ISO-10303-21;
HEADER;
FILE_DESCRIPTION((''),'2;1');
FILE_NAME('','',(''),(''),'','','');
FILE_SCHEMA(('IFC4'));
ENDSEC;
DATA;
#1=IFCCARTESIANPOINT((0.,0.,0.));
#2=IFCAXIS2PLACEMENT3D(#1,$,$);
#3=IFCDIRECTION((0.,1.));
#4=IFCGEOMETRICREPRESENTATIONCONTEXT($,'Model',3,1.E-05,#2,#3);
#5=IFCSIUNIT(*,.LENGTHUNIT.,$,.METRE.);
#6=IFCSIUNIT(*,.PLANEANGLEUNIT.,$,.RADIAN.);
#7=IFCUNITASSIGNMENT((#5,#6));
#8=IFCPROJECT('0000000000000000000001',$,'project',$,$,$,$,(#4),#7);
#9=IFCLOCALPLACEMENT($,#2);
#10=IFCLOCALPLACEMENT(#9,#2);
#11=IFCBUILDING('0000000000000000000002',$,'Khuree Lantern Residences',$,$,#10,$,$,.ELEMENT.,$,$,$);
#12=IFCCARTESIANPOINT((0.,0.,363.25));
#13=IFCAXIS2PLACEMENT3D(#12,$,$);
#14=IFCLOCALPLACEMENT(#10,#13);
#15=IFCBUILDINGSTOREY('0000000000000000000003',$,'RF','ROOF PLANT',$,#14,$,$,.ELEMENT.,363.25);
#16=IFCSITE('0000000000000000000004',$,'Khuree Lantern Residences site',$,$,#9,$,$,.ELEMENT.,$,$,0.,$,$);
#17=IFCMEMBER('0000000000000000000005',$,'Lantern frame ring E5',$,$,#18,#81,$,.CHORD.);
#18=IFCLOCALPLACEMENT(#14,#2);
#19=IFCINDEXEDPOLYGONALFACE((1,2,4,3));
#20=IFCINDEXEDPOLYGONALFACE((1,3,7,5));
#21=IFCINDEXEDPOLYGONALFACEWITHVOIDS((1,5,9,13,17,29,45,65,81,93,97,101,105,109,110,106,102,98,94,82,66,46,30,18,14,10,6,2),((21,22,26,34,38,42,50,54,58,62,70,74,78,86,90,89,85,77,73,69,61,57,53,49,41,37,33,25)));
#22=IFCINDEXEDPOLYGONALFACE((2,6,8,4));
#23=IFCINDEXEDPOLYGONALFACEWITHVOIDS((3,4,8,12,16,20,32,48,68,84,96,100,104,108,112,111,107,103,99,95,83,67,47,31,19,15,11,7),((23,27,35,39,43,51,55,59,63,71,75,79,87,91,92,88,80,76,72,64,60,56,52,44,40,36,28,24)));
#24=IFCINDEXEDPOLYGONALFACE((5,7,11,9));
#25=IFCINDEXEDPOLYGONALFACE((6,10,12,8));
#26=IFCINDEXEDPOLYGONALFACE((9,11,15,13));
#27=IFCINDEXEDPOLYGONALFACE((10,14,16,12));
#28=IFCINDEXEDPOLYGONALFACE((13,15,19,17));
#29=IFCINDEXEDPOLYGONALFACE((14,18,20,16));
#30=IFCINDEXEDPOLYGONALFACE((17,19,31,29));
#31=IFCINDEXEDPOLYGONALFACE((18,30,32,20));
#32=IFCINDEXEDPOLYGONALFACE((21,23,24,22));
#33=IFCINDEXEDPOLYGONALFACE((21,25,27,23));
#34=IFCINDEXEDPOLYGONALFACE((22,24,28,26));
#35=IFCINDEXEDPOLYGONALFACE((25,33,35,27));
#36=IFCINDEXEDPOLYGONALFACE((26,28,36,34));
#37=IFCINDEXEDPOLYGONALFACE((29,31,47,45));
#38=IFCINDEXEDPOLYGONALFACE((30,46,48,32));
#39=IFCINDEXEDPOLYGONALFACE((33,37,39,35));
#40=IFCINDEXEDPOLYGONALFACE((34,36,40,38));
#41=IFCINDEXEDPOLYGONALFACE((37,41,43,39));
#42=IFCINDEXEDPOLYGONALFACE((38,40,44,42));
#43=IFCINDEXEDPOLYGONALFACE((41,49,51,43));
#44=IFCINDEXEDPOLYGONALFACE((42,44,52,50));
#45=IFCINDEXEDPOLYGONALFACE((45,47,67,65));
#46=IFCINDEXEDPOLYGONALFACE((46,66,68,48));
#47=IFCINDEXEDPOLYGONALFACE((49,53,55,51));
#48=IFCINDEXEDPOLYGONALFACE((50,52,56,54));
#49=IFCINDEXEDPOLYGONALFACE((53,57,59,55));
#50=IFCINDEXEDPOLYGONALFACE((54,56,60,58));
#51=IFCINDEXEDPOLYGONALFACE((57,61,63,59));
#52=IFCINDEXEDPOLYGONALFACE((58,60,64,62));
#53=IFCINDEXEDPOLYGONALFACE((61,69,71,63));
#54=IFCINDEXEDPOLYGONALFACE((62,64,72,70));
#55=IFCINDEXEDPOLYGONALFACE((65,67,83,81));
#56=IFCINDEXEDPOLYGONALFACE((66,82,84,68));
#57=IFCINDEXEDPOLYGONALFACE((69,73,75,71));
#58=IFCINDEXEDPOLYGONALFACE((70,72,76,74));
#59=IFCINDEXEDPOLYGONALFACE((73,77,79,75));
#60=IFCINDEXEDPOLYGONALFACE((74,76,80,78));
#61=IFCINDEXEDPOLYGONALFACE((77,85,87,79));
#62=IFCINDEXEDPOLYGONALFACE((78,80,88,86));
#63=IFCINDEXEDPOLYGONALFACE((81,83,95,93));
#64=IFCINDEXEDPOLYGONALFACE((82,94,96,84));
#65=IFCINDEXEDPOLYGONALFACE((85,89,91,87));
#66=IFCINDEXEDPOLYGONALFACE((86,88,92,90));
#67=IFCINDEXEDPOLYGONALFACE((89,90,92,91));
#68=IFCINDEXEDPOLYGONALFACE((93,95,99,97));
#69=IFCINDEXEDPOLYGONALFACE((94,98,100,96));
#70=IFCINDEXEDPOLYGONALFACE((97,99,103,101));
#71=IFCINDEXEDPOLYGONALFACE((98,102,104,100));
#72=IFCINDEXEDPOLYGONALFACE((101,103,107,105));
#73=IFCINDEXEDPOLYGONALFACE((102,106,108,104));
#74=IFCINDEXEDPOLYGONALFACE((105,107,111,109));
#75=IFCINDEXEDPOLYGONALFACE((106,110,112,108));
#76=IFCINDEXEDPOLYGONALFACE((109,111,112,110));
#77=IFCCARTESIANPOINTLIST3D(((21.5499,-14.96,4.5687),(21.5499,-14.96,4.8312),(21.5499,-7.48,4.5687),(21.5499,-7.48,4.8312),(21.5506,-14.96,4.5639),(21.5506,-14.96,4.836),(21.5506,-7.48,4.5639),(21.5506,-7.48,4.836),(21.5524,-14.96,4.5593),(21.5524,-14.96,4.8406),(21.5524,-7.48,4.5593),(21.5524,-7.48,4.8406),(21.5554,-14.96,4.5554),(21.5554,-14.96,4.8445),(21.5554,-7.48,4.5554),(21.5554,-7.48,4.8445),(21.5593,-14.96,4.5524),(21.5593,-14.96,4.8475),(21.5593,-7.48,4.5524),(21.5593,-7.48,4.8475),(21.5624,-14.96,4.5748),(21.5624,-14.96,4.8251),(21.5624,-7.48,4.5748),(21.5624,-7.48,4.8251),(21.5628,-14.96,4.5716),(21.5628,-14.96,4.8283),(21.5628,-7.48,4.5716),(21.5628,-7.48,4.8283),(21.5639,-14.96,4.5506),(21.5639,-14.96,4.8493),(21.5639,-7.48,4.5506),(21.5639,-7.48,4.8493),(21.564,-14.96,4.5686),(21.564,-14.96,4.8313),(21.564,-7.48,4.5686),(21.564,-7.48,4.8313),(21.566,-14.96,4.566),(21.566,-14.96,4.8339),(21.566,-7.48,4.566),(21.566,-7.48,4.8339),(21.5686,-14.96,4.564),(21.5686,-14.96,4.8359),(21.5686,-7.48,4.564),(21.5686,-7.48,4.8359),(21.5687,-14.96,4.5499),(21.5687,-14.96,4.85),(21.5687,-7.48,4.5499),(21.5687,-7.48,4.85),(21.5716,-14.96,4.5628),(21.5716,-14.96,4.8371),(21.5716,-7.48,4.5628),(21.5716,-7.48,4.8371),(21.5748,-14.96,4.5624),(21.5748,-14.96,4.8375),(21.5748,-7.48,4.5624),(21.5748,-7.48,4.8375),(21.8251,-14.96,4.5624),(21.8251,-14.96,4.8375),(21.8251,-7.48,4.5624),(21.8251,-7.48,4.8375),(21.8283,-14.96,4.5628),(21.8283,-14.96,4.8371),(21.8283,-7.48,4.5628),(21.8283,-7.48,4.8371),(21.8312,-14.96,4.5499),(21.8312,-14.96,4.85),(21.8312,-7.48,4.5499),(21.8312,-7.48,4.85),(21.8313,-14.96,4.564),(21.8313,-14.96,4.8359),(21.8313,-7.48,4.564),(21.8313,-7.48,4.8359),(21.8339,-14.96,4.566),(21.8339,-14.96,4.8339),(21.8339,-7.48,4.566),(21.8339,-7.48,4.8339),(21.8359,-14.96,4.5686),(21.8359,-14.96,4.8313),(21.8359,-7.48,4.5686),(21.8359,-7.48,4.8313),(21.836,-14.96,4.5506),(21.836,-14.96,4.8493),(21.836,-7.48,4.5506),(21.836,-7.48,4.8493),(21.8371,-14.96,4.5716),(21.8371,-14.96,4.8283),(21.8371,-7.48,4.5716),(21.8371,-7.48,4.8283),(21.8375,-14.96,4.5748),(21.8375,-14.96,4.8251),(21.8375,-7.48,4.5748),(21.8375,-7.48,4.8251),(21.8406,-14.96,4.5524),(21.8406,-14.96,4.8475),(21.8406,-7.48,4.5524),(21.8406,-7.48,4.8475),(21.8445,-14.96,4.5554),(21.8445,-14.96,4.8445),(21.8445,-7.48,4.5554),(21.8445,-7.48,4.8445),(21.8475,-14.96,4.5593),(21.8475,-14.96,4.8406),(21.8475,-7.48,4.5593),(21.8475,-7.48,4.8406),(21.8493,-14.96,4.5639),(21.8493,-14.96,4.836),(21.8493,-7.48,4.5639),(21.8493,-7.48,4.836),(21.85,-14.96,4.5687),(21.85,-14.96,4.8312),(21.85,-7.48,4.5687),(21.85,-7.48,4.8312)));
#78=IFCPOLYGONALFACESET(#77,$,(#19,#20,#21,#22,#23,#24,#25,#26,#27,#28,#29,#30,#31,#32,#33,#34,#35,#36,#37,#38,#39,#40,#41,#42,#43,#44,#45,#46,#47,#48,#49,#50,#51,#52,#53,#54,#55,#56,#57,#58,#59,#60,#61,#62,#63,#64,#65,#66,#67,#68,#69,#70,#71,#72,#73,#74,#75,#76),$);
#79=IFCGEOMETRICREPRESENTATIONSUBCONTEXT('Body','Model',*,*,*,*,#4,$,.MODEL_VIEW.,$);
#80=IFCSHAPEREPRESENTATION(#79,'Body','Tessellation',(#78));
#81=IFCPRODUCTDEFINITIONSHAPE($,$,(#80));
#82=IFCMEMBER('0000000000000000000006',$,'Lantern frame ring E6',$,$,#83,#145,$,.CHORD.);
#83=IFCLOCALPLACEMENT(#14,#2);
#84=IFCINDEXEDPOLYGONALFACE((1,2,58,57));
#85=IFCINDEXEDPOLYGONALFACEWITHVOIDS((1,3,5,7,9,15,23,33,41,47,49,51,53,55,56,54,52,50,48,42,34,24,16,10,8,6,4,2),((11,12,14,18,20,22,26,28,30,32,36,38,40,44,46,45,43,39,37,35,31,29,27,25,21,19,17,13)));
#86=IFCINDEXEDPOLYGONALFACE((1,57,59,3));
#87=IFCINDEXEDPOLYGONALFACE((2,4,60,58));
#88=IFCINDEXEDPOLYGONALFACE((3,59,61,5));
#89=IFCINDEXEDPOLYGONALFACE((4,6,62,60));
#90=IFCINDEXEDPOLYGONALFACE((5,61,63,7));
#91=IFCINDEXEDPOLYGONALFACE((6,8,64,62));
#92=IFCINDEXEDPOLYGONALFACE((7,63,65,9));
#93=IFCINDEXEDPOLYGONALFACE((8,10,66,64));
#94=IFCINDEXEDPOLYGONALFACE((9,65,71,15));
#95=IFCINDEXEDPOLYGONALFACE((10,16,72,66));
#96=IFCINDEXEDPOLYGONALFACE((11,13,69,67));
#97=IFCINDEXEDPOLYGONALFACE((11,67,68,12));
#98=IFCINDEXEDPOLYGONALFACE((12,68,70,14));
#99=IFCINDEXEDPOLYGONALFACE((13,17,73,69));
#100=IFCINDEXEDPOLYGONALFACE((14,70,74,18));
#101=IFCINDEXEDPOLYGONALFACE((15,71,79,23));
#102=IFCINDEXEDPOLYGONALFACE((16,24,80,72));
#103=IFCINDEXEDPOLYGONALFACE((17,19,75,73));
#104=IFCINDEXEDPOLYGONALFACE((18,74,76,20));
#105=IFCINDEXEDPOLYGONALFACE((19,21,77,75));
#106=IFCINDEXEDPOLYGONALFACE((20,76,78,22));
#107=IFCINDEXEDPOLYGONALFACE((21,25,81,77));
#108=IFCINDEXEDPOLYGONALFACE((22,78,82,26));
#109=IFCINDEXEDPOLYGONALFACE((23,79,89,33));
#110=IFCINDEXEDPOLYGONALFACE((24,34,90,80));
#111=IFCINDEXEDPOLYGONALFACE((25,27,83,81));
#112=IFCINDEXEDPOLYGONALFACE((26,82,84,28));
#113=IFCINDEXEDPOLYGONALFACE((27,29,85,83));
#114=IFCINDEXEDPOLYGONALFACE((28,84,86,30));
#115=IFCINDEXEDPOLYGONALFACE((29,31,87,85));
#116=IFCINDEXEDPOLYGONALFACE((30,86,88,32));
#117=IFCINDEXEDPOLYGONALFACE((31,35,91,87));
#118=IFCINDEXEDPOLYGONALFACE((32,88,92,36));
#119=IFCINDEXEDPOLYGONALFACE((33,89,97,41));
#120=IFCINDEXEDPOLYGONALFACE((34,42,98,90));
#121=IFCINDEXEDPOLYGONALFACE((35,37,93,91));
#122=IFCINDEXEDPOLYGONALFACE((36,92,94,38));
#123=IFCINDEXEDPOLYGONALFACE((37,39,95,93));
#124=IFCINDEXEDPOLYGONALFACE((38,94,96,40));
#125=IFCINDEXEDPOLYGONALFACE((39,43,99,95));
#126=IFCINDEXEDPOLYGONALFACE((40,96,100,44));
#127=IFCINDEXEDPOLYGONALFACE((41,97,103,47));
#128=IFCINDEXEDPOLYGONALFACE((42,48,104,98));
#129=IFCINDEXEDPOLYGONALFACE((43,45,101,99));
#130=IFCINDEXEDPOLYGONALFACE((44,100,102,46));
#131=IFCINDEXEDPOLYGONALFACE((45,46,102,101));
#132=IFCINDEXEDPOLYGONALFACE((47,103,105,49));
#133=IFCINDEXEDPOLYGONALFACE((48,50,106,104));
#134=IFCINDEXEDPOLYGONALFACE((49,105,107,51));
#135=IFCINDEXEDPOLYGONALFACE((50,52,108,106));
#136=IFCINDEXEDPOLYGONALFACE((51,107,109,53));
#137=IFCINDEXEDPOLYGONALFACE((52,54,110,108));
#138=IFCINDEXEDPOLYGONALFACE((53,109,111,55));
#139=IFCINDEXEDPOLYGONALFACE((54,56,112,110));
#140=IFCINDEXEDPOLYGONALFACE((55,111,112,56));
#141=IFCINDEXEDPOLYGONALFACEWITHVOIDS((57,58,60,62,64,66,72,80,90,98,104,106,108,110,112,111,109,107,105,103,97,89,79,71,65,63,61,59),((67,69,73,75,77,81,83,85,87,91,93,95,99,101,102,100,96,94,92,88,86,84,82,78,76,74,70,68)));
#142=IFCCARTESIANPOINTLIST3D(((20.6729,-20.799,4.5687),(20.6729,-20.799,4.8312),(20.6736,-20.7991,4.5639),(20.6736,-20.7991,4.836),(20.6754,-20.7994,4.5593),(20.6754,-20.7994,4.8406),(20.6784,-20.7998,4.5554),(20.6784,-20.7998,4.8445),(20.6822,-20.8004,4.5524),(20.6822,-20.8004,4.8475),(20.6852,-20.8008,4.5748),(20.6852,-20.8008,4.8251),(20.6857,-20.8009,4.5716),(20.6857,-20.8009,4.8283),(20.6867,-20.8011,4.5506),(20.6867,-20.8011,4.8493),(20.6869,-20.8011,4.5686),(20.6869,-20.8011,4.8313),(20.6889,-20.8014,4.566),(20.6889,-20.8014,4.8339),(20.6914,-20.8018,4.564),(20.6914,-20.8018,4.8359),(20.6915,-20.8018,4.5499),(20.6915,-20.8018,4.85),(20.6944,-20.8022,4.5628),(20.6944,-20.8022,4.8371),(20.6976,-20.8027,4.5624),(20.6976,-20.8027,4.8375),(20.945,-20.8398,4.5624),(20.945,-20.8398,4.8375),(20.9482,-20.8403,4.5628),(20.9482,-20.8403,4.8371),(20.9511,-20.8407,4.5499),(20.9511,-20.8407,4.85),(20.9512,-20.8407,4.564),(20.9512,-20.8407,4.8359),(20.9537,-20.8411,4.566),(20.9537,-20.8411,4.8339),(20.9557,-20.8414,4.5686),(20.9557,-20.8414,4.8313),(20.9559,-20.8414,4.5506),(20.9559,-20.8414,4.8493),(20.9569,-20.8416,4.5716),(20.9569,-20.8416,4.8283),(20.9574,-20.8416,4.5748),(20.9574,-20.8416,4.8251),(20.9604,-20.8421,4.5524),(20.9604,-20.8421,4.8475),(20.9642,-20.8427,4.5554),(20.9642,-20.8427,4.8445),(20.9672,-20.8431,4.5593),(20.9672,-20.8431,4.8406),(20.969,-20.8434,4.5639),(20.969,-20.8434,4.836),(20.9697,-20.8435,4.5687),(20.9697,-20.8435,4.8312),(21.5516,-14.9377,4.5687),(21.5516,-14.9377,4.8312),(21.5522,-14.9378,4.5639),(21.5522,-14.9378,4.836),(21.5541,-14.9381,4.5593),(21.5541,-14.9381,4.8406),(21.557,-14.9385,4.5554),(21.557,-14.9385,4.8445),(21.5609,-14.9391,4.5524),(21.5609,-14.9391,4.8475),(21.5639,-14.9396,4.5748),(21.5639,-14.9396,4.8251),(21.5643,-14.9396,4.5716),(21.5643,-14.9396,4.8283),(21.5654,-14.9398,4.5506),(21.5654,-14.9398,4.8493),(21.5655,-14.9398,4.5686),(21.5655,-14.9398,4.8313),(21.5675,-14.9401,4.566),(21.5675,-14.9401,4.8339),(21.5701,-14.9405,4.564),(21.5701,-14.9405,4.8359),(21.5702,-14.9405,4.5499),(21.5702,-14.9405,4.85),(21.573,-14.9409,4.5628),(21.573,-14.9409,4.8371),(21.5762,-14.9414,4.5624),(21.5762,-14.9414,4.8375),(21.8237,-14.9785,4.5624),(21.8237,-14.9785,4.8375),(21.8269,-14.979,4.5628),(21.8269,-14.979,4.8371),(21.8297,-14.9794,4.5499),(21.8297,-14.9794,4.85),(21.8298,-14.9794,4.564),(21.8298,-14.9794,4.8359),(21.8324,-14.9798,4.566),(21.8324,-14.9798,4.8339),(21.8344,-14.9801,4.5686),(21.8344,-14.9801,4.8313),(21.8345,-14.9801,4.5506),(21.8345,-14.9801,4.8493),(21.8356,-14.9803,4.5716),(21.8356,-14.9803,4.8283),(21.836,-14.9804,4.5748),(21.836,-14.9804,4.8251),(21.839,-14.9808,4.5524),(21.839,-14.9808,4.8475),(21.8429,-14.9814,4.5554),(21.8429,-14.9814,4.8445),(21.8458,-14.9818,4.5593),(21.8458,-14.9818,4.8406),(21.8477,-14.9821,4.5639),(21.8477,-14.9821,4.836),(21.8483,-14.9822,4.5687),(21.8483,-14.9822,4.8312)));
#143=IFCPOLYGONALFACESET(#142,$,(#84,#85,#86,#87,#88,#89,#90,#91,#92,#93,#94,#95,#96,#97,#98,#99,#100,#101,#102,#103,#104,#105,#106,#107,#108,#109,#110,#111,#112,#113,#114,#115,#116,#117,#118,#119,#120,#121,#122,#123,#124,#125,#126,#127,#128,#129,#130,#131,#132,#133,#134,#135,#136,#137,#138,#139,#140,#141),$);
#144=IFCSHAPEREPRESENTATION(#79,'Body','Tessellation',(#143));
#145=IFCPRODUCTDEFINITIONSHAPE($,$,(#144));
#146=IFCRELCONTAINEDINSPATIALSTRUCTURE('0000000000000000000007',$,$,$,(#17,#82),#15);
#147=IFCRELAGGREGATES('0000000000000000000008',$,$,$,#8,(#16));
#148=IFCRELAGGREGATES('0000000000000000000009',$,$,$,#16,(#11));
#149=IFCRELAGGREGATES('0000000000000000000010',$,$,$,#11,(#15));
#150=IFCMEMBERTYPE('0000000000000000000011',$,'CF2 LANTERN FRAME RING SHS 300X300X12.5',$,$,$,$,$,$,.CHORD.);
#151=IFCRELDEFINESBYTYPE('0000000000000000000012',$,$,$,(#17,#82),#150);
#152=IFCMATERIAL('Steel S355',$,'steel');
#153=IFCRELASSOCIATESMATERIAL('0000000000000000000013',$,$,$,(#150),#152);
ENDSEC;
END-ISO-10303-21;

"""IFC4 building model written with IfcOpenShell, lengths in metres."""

from ifc_helpers import new_model, si_unit, direction, frame, origin, origin_2d, place, context, subcontext, project, spatial, hollow_rectangle, extrude, material, material_profile, profile_set, type_object, element, save


model = new_model("IFC4")

# Units and contexts
model_context = context("Model", 3, precision=1e-05, world=origin(), true_north=direction((0.0, 1.0)))
body_context = subcontext(model_context, "Body", "Model", "MODEL_VIEW")
ifc_project = project(units=[si_unit("LENGTHUNIT", "METRE"), si_unit("PLANEANGLEUNIT", "RADIAN")], contexts=[model_context])

# Site, building, storey
site_placement = place(None, origin())
site = spatial("IfcSite", under=ifc_project, at=site_placement, Name="Khuree Lantern Residences site", CompositionType="ELEMENT", RefElevation=0.0)
building_placement = place(site_placement, origin())
building = spatial("IfcBuilding", under=site, at=building_placement, Name="Khuree Lantern Residences", CompositionType="ELEMENT")
storey_placement = place(building_placement, frame((0.0, 0.0, 363.25)))
storey = spatial("IfcBuildingStorey", under=building, at=storey_placement, Name="RF", Description="ROOF PLANT", CompositionType="ELEMENT", Elevation=363.25)

# Shared definitions
ifc_material_1 = material(Name="Steel S355", Category="steel")

# Members
ifc_material_profile_1 = material_profile(ifc_material_1, hollow_rectangle(XDim=0.3, YDim=0.3, WallThickness=0.0125, InnerFilletRadius=0.0125, OuterFilletRadius=0.0188, at=origin_2d()), Name="SHS 300X300X12.5")
ifc_profile_set_1 = profile_set([ifc_material_profile_1], Name="Steel S355")
member_type_1 = type_object("IfcMemberType", Name="CF2 LANTERN FRAME RING SHS 300X300X12.5", PredefinedType="CHORD", material=ifc_profile_set_1)
member_1_placement = place(storey_placement, frame((21.7, -7.48, 4.7), z_axis=(0.0, -1.0, 0.0), x_axis=(1.0, 0.0, 0.0)))
element("IfcMember", 1, at=member_1_placement, inside=storey, type_object=member_type_1, Name="Lantern frame ring E5", PredefinedType="CHORD", context=body_context, shape_type="SweptSolid", body=[
    extrude(hollow_rectangle(XDim=0.3, YDim=0.3, WallThickness=0.0125, InnerFilletRadius=0.0125, OuterFilletRadius=0.0188, at=origin_2d()), origin(), (0.0, 0.0, 1.0), 7.48),
])
for number, where, z_axis, x_axis, name in (
    (2, (21.7, -14.96, 4.7), (-0.148252, -0.98895, 0.0), (0.98895, -0.148252, 0.0), "Lantern frame ring E6"),
):
    element("IfcMember", number, at=place(storey_placement, frame(where, z_axis=z_axis, x_axis=x_axis)), inside=storey, type_object=member_type_1, Name=name, PredefinedType="CHORD", context=body_context, shape_type="SweptSolid", body=[
        extrude(hollow_rectangle(XDim=0.3, YDim=0.3, WallThickness=0.0125, InnerFilletRadius=0.0125, OuterFilletRadius=0.0188, at=origin_2d()), origin(), (0.0, 0.0, 1.0), 5.9268),
    ])

save(model, "model.ifc")
